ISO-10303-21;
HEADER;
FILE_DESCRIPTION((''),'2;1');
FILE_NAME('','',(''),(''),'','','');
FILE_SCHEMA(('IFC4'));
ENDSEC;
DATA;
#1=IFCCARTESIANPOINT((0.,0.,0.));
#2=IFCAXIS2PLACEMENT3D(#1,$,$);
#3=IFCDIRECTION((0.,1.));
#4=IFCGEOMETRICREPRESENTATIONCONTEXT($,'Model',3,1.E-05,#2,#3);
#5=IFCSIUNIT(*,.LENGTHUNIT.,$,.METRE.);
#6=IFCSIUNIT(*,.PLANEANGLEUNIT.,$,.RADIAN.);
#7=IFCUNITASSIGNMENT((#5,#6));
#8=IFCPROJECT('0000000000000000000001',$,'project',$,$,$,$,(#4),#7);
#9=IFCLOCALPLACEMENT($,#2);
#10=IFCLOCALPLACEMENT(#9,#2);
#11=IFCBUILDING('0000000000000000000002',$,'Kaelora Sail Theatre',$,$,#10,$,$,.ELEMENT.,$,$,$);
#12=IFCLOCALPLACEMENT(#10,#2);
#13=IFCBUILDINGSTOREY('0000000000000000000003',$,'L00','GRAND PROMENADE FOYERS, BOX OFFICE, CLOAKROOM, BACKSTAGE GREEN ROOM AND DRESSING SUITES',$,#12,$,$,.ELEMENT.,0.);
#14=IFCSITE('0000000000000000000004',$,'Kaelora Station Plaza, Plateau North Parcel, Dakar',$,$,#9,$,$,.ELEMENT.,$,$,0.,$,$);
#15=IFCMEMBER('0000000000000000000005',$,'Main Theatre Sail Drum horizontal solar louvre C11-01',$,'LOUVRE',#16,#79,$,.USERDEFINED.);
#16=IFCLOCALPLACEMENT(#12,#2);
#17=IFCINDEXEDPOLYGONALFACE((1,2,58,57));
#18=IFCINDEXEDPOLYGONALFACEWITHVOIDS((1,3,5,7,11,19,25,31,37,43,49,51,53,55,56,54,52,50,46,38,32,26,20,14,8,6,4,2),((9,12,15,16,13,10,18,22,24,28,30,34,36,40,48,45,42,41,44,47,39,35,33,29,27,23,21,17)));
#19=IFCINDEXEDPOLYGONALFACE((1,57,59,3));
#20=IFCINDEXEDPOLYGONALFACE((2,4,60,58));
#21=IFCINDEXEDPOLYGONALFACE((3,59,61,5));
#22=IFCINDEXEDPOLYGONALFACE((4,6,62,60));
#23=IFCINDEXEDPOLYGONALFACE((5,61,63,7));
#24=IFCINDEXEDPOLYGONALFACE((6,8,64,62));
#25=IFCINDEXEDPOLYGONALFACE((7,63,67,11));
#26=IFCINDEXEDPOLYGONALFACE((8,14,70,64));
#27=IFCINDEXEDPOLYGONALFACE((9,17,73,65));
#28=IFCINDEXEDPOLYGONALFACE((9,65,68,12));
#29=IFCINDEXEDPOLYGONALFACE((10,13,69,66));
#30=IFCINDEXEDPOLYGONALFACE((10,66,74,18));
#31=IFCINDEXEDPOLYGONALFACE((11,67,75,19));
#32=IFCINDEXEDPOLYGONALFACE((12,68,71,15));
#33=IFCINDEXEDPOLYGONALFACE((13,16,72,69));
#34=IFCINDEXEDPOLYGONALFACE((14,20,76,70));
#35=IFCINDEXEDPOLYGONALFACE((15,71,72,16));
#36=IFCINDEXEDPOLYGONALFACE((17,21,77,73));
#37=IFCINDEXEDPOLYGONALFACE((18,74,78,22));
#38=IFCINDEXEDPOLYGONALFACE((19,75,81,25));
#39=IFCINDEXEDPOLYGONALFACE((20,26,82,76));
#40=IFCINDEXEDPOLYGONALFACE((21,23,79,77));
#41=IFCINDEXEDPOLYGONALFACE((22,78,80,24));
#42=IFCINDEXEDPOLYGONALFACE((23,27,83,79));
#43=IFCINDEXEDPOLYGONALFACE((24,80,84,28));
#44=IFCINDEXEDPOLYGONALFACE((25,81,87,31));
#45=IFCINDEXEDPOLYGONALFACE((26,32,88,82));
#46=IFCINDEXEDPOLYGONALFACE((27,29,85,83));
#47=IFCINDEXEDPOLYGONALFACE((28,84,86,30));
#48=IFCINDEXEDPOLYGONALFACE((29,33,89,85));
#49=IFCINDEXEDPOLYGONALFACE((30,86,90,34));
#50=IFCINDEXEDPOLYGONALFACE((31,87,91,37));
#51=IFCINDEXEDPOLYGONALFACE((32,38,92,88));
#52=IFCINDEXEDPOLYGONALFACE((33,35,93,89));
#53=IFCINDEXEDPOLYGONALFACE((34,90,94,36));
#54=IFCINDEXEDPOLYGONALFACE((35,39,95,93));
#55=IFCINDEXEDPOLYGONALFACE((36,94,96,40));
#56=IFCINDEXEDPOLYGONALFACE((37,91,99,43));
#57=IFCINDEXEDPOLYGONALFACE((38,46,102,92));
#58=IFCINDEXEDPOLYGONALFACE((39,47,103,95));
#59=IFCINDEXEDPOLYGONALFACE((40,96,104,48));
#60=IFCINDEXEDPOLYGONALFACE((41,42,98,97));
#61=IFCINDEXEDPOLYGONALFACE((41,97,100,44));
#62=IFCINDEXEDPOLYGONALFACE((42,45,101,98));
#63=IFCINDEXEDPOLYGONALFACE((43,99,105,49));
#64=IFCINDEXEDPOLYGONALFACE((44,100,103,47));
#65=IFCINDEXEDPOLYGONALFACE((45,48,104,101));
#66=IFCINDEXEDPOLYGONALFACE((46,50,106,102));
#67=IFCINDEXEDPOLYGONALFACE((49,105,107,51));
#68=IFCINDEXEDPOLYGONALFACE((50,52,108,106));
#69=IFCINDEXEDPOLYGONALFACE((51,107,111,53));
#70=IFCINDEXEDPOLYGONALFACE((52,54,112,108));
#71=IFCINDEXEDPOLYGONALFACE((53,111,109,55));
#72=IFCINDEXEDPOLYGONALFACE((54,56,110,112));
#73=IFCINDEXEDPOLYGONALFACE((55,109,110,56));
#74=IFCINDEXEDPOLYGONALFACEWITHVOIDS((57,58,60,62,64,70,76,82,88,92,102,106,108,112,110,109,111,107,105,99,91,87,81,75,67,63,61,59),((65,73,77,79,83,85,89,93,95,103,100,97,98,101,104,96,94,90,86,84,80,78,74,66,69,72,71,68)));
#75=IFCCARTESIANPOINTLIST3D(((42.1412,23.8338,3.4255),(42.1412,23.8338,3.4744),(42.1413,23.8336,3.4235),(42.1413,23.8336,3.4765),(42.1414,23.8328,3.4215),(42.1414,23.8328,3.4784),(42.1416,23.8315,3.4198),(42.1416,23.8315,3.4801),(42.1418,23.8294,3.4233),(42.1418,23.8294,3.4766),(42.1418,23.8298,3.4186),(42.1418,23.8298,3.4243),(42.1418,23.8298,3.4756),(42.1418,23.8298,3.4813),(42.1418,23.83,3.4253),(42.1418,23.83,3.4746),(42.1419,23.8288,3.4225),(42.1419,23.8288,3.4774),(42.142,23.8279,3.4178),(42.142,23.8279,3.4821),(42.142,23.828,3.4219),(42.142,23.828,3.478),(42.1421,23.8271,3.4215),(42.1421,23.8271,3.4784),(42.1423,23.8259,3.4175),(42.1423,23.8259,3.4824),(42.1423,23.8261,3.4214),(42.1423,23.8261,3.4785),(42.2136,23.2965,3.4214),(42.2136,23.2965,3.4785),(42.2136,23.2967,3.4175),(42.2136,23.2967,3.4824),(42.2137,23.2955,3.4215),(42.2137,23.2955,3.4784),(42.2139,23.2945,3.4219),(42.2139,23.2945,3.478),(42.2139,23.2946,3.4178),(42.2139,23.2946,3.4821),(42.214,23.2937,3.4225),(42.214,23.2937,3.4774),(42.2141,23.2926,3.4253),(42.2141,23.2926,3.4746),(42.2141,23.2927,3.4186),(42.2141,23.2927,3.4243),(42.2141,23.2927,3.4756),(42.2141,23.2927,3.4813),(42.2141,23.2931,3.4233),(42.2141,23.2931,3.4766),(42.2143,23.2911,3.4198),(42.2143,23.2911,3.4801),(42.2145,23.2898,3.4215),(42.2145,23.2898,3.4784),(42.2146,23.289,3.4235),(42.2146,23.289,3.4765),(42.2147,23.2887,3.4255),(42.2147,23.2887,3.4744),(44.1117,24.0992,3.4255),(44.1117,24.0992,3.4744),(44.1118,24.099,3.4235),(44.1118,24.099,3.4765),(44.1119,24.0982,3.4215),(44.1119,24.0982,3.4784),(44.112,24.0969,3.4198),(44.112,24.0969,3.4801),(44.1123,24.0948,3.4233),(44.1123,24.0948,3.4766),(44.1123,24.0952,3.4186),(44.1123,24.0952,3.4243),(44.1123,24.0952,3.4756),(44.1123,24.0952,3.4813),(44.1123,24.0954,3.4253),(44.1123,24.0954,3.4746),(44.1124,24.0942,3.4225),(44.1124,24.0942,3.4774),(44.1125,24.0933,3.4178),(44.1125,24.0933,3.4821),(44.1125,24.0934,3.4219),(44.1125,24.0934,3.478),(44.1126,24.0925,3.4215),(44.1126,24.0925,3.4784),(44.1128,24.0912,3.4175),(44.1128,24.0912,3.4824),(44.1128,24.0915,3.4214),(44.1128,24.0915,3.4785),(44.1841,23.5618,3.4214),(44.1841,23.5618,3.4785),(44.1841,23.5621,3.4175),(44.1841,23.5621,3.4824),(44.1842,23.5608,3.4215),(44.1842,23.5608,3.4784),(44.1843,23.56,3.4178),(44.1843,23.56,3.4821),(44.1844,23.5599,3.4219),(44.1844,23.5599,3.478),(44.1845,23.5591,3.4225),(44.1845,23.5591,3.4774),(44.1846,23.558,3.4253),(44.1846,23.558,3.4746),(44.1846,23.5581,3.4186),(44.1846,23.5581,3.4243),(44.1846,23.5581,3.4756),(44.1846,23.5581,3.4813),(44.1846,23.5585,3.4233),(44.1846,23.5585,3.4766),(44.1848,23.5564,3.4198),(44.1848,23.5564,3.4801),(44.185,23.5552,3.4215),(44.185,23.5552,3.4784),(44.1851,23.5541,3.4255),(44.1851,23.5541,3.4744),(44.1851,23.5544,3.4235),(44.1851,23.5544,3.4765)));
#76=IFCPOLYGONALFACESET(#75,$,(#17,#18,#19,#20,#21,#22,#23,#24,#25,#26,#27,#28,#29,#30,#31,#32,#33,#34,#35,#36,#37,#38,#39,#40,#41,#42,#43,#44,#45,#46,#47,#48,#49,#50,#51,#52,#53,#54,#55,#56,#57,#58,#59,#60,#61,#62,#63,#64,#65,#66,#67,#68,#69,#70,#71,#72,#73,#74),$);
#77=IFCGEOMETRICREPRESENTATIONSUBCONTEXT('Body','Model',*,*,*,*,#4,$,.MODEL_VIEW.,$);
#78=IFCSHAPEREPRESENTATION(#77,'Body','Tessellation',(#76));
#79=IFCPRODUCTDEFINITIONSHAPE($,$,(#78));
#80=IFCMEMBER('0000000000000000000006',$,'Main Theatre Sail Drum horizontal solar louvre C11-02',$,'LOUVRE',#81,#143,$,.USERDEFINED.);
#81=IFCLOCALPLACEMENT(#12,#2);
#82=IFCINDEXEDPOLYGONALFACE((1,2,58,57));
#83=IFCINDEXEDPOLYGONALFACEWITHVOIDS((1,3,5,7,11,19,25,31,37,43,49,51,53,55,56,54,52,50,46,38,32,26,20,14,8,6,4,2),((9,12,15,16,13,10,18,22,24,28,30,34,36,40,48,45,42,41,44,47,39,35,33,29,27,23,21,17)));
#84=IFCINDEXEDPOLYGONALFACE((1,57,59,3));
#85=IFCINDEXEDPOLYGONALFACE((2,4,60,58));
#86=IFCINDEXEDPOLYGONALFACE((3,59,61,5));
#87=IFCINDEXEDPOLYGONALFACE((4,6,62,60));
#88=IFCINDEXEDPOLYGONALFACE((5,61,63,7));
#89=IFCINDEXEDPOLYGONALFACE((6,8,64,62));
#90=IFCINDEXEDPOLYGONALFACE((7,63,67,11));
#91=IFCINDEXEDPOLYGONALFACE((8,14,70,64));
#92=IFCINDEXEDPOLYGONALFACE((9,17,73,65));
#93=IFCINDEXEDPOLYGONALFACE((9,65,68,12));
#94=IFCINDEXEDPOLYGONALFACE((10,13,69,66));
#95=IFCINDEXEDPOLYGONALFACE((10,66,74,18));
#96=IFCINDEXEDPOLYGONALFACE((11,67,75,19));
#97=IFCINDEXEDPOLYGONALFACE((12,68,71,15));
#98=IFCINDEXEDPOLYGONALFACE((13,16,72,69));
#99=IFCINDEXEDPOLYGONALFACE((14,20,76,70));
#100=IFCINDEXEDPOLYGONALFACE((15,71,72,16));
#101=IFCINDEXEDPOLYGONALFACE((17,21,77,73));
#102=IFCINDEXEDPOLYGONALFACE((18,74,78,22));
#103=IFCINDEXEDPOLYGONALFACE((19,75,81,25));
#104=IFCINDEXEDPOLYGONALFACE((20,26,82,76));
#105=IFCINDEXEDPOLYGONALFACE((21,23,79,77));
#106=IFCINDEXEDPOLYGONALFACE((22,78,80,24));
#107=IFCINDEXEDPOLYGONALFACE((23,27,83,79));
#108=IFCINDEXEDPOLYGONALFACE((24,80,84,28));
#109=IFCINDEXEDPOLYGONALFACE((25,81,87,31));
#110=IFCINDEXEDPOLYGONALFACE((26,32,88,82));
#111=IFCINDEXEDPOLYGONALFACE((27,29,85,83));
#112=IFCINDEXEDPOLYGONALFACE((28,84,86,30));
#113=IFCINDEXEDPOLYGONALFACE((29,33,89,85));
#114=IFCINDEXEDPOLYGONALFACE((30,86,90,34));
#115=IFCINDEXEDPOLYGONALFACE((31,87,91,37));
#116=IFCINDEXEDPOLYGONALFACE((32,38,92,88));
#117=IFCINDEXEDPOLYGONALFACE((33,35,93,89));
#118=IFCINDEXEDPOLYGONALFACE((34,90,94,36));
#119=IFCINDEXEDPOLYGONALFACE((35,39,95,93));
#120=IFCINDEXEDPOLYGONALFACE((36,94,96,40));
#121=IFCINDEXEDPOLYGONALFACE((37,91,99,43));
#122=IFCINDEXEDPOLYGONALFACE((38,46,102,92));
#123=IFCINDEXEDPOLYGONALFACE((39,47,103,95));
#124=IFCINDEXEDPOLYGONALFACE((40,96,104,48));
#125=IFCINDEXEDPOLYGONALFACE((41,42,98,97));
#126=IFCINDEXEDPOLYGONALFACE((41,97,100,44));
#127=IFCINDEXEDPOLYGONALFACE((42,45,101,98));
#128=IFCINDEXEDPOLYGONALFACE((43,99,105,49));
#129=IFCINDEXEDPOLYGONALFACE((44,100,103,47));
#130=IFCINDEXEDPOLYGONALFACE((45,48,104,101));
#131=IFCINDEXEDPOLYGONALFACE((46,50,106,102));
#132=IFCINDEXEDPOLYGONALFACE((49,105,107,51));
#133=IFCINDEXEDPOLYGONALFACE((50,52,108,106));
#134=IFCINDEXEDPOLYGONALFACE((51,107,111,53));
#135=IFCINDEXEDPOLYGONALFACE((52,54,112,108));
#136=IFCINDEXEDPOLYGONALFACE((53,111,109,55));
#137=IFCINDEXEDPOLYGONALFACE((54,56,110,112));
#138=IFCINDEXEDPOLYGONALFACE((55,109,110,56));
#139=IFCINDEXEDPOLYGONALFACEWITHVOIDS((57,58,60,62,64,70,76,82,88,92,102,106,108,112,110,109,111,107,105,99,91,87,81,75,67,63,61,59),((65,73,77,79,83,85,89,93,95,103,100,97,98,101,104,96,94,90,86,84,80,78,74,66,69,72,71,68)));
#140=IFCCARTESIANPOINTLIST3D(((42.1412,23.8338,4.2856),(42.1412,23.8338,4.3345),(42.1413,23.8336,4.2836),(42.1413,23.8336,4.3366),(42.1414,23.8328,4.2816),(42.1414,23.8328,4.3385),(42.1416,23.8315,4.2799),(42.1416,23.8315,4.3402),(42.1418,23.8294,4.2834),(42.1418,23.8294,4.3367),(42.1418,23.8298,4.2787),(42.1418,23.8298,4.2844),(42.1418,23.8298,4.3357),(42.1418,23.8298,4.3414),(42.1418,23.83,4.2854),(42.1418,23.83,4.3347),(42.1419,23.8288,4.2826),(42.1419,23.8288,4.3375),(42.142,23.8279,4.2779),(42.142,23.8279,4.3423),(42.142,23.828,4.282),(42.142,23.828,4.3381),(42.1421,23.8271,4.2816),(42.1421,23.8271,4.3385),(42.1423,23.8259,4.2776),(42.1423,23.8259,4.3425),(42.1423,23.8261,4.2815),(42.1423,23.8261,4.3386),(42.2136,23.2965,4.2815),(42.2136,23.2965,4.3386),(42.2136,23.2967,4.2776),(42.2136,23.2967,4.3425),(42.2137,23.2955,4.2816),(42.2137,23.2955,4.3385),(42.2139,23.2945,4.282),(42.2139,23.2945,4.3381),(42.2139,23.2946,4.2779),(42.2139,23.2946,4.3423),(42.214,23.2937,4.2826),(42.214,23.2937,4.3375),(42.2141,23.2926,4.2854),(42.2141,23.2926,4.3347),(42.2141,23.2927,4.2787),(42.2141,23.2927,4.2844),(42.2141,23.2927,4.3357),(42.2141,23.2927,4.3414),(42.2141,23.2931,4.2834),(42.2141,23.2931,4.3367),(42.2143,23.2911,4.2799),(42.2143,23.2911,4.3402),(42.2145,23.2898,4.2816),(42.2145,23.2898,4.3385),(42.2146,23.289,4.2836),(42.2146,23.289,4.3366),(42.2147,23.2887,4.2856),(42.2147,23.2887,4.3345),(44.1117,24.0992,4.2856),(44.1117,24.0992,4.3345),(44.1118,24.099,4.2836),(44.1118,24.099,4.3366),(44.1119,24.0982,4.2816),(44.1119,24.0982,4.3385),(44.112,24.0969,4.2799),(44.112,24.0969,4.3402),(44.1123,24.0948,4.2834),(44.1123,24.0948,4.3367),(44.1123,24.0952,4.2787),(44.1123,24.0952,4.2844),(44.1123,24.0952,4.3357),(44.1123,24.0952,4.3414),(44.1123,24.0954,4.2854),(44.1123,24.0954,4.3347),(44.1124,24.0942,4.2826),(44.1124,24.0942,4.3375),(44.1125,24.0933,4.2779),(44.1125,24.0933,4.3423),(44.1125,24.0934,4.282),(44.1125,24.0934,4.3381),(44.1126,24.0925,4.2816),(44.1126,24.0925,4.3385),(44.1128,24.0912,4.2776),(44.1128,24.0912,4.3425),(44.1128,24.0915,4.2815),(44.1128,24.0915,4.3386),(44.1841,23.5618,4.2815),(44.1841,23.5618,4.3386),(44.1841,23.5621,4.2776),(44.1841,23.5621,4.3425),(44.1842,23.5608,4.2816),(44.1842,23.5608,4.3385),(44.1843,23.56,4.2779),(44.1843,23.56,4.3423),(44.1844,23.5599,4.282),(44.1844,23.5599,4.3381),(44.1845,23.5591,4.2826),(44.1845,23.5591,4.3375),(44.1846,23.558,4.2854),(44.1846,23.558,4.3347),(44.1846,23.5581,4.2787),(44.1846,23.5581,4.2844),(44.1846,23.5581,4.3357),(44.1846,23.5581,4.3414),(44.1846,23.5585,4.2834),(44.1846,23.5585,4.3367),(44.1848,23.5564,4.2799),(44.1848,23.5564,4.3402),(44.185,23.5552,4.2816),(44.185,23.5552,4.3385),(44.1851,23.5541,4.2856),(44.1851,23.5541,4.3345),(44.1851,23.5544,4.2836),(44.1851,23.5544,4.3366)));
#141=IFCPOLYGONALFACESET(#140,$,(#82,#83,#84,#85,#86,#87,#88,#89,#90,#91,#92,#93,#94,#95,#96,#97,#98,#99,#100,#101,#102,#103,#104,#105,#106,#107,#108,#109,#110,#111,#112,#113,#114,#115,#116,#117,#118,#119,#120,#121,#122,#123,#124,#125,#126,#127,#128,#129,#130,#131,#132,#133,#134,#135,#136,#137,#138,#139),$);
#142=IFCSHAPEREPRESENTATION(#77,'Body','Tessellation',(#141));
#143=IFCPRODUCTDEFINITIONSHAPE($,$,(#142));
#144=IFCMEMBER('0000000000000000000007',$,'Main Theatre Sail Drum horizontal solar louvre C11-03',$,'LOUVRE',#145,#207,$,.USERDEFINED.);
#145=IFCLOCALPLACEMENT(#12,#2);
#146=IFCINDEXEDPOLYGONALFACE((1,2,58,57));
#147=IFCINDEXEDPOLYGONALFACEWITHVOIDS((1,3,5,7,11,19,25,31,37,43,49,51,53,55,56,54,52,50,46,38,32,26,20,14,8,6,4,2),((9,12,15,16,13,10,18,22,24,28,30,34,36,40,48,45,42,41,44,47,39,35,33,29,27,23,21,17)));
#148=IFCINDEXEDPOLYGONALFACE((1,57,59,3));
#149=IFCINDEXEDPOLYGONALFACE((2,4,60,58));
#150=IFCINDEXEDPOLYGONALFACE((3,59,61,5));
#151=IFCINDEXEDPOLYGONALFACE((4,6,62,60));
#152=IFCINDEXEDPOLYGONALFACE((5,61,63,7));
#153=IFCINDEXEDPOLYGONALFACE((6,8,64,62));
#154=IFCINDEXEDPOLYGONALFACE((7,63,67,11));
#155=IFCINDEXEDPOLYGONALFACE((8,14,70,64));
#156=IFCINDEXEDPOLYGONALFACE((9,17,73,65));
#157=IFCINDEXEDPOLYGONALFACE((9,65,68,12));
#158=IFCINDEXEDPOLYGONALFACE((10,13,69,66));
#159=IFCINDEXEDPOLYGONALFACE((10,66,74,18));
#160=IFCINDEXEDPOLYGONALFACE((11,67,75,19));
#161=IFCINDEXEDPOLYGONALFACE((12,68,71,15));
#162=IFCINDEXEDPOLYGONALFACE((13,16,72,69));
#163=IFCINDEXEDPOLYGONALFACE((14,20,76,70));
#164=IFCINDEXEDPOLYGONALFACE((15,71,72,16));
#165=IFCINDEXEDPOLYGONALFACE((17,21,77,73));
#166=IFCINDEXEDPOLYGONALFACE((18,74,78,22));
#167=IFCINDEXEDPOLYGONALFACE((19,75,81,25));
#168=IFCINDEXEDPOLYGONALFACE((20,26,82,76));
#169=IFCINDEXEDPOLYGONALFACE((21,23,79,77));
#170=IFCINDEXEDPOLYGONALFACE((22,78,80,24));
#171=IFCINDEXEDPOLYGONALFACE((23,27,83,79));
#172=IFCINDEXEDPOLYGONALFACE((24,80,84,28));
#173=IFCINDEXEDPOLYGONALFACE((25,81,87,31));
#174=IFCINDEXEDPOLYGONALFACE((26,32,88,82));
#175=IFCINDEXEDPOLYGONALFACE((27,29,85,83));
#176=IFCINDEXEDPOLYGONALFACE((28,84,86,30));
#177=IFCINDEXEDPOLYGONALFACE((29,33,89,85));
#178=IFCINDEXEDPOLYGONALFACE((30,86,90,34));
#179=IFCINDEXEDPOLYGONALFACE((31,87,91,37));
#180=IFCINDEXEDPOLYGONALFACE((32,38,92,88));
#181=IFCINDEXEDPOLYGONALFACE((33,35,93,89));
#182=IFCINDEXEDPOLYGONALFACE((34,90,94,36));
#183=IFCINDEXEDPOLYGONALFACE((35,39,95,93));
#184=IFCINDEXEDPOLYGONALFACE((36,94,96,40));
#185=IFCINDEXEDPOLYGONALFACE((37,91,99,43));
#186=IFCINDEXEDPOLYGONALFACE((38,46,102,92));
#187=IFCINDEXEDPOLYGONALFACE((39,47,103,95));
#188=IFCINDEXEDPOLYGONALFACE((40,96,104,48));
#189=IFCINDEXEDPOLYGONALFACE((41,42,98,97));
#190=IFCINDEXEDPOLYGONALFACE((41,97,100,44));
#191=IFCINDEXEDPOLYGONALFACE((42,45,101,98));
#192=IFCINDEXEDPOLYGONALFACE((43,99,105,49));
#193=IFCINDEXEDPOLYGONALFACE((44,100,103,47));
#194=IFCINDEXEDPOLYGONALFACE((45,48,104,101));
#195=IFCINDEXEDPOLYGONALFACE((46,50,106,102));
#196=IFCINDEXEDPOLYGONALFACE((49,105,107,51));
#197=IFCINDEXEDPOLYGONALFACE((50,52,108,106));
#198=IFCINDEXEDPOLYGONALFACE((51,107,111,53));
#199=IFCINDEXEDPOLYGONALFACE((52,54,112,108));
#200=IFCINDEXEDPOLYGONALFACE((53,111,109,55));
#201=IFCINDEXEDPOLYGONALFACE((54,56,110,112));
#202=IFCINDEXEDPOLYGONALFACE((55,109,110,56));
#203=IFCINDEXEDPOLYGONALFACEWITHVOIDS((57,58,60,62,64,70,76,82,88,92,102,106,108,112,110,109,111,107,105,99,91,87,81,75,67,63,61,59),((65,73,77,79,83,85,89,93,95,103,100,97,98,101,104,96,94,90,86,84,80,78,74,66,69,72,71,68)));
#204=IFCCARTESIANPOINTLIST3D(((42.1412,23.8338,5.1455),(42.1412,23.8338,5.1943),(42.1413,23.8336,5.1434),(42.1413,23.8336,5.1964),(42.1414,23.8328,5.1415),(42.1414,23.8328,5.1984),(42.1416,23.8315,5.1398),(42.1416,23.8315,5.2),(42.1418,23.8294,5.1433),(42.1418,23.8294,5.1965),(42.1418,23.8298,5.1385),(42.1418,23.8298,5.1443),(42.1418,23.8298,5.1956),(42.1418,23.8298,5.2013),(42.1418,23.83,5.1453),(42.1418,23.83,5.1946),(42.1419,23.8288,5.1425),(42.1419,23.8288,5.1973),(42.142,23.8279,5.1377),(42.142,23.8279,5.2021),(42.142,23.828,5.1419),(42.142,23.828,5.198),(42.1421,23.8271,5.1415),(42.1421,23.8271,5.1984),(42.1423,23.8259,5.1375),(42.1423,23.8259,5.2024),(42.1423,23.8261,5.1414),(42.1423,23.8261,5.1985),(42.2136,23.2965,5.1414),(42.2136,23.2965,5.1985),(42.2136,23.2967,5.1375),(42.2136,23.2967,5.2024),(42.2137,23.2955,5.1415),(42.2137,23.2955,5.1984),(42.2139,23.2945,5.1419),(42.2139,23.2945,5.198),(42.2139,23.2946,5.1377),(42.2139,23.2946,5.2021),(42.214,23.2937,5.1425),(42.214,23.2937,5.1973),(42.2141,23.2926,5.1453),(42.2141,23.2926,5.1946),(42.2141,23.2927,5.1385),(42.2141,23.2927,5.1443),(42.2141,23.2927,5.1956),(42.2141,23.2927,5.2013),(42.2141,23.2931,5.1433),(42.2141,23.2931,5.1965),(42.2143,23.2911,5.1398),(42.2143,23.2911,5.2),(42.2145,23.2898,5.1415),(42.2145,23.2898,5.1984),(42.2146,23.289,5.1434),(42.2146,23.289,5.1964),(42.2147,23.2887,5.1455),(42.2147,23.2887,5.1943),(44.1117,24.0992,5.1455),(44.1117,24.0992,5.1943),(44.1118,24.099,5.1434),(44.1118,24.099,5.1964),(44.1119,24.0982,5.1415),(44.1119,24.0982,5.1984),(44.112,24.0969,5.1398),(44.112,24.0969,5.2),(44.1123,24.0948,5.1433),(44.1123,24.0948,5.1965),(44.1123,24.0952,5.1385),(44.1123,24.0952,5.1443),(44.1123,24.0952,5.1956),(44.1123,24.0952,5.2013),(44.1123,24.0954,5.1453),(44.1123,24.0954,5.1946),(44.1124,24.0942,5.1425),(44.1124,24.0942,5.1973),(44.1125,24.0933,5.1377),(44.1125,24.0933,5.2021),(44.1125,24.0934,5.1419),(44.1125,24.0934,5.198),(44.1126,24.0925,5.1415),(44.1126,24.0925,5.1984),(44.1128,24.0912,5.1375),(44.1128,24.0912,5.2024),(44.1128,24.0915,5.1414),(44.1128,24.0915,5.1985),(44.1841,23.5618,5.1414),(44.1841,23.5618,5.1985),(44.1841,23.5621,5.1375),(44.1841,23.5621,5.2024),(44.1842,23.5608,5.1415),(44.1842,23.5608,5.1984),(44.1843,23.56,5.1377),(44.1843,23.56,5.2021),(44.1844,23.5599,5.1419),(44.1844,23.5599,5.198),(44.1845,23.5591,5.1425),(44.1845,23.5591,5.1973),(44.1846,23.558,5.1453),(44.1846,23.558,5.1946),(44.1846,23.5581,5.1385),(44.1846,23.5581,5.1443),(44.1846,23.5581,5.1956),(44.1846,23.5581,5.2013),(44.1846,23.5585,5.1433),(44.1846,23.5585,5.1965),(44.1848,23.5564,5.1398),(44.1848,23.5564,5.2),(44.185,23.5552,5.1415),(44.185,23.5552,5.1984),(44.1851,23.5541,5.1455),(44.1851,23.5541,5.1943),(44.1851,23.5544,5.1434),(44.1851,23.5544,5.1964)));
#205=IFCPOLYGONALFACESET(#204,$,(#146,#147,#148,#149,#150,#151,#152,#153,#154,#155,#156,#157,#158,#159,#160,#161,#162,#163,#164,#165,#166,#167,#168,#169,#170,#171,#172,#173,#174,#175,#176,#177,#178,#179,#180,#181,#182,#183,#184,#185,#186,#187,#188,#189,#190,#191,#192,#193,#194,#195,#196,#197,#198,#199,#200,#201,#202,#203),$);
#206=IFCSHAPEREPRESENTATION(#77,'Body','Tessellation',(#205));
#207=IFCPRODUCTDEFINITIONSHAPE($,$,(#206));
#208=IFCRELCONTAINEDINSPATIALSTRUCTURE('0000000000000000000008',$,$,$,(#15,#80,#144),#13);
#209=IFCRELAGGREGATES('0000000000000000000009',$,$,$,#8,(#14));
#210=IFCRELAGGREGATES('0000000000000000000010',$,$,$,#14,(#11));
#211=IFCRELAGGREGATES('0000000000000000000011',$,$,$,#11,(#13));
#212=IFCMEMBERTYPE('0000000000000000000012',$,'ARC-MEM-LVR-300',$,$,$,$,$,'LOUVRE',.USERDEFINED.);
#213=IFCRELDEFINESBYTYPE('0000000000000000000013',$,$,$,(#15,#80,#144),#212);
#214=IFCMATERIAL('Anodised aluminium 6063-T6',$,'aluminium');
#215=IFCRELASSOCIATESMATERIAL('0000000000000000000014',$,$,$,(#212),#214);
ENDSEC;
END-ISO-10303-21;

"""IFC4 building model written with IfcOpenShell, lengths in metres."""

from ifc_helpers import new_model, si_unit, direction, frame, origin, origin_2d, place, context, subcontext, project, spatial, hollow_rectangle, extrude, material, material_profile, profile_set, type_object, element, save


model = new_model("IFC4")

# Units and contexts
model_context = context("Model", 3, precision=1e-05, world=origin(), true_north=direction((0.0, 1.0)))
body_context = subcontext(model_context, "Body", "Model", "MODEL_VIEW")
ifc_project = project(units=[si_unit("LENGTHUNIT", "METRE"), si_unit("PLANEANGLEUNIT", "RADIAN")], contexts=[model_context])

# Site, building, storey
site_placement = place(None, origin())
site = spatial("IfcSite", under=ifc_project, at=site_placement, Name="Kaelora Station Plaza, Plateau North Parcel, Dakar", CompositionType="ELEMENT", RefElevation=0.0)
building_placement = place(site_placement, origin())
building = spatial("IfcBuilding", under=site, at=building_placement, Name="Kaelora Sail Theatre", CompositionType="ELEMENT")
storey_placement = place(building_placement, origin())
storey = spatial("IfcBuildingStorey", under=building, at=storey_placement, Name="L00", Description="GRAND PROMENADE FOYERS, BOX OFFICE, CLOAKROOM, BACKSTAGE GREEN ROOM AND DRESSING SUITES", CompositionType="ELEMENT", Elevation=0.0)

# Members
ifc_material_1 = material(Name="Anodised aluminium 6063-T6", Category="aluminium")
ifc_material_profile_1 = material_profile(ifc_material_1, hollow_rectangle(XDim=0.55, YDim=0.0649, WallThickness=0.0039, InnerFilletRadius=0.0039, OuterFilletRadius=0.0081, at=origin_2d()), Name="LOUVRE 550x65x4")
ifc_profile_set_1 = profile_set([ifc_material_profile_1], Name="Anodised aluminium 6063-T6")
member_type_1 = type_object("IfcMemberType", Name="ARC-MEM-LVR-300", ElementType="LOUVRE", PredefinedType="USERDEFINED", material=ifc_profile_set_1)
for number, where, z_axis, x_axis, name in (
    (1, (44.1484, 23.8267, 3.45), (-0.991052, -0.133475, 0.0), (0.133475, -0.991052, 0.0), "Main Theatre Sail Drum horizontal solar louvre C11-01"),
    (2, (44.1484, 23.8267, 4.3101), (-0.991052, -0.133475, 0.0), (0.133475, -0.991052, 0.0), "Main Theatre Sail Drum horizontal solar louvre C11-02"),
    (3, (44.1484, 23.8267, 5.1699), (-0.991052, -0.133475, 0.0), (0.133475, -0.991052, 0.0), "Main Theatre Sail Drum horizontal solar louvre C11-03"),
):
    element("IfcMember", number, at=place(storey_placement, frame(where, z_axis=z_axis, x_axis=x_axis)), inside=storey, type_object=member_type_1, Name=name, ObjectType="LOUVRE", PredefinedType="USERDEFINED", context=body_context, shape_type="SweptSolid", body=[
        extrude(hollow_rectangle(XDim=0.55, YDim=0.0649, WallThickness=0.0039, InnerFilletRadius=0.0039, OuterFilletRadius=0.0081, at=origin_2d()), origin(), (0.0, 0.0, 1.0), 1.9883),
    ])

save(model, "model.ifc")
